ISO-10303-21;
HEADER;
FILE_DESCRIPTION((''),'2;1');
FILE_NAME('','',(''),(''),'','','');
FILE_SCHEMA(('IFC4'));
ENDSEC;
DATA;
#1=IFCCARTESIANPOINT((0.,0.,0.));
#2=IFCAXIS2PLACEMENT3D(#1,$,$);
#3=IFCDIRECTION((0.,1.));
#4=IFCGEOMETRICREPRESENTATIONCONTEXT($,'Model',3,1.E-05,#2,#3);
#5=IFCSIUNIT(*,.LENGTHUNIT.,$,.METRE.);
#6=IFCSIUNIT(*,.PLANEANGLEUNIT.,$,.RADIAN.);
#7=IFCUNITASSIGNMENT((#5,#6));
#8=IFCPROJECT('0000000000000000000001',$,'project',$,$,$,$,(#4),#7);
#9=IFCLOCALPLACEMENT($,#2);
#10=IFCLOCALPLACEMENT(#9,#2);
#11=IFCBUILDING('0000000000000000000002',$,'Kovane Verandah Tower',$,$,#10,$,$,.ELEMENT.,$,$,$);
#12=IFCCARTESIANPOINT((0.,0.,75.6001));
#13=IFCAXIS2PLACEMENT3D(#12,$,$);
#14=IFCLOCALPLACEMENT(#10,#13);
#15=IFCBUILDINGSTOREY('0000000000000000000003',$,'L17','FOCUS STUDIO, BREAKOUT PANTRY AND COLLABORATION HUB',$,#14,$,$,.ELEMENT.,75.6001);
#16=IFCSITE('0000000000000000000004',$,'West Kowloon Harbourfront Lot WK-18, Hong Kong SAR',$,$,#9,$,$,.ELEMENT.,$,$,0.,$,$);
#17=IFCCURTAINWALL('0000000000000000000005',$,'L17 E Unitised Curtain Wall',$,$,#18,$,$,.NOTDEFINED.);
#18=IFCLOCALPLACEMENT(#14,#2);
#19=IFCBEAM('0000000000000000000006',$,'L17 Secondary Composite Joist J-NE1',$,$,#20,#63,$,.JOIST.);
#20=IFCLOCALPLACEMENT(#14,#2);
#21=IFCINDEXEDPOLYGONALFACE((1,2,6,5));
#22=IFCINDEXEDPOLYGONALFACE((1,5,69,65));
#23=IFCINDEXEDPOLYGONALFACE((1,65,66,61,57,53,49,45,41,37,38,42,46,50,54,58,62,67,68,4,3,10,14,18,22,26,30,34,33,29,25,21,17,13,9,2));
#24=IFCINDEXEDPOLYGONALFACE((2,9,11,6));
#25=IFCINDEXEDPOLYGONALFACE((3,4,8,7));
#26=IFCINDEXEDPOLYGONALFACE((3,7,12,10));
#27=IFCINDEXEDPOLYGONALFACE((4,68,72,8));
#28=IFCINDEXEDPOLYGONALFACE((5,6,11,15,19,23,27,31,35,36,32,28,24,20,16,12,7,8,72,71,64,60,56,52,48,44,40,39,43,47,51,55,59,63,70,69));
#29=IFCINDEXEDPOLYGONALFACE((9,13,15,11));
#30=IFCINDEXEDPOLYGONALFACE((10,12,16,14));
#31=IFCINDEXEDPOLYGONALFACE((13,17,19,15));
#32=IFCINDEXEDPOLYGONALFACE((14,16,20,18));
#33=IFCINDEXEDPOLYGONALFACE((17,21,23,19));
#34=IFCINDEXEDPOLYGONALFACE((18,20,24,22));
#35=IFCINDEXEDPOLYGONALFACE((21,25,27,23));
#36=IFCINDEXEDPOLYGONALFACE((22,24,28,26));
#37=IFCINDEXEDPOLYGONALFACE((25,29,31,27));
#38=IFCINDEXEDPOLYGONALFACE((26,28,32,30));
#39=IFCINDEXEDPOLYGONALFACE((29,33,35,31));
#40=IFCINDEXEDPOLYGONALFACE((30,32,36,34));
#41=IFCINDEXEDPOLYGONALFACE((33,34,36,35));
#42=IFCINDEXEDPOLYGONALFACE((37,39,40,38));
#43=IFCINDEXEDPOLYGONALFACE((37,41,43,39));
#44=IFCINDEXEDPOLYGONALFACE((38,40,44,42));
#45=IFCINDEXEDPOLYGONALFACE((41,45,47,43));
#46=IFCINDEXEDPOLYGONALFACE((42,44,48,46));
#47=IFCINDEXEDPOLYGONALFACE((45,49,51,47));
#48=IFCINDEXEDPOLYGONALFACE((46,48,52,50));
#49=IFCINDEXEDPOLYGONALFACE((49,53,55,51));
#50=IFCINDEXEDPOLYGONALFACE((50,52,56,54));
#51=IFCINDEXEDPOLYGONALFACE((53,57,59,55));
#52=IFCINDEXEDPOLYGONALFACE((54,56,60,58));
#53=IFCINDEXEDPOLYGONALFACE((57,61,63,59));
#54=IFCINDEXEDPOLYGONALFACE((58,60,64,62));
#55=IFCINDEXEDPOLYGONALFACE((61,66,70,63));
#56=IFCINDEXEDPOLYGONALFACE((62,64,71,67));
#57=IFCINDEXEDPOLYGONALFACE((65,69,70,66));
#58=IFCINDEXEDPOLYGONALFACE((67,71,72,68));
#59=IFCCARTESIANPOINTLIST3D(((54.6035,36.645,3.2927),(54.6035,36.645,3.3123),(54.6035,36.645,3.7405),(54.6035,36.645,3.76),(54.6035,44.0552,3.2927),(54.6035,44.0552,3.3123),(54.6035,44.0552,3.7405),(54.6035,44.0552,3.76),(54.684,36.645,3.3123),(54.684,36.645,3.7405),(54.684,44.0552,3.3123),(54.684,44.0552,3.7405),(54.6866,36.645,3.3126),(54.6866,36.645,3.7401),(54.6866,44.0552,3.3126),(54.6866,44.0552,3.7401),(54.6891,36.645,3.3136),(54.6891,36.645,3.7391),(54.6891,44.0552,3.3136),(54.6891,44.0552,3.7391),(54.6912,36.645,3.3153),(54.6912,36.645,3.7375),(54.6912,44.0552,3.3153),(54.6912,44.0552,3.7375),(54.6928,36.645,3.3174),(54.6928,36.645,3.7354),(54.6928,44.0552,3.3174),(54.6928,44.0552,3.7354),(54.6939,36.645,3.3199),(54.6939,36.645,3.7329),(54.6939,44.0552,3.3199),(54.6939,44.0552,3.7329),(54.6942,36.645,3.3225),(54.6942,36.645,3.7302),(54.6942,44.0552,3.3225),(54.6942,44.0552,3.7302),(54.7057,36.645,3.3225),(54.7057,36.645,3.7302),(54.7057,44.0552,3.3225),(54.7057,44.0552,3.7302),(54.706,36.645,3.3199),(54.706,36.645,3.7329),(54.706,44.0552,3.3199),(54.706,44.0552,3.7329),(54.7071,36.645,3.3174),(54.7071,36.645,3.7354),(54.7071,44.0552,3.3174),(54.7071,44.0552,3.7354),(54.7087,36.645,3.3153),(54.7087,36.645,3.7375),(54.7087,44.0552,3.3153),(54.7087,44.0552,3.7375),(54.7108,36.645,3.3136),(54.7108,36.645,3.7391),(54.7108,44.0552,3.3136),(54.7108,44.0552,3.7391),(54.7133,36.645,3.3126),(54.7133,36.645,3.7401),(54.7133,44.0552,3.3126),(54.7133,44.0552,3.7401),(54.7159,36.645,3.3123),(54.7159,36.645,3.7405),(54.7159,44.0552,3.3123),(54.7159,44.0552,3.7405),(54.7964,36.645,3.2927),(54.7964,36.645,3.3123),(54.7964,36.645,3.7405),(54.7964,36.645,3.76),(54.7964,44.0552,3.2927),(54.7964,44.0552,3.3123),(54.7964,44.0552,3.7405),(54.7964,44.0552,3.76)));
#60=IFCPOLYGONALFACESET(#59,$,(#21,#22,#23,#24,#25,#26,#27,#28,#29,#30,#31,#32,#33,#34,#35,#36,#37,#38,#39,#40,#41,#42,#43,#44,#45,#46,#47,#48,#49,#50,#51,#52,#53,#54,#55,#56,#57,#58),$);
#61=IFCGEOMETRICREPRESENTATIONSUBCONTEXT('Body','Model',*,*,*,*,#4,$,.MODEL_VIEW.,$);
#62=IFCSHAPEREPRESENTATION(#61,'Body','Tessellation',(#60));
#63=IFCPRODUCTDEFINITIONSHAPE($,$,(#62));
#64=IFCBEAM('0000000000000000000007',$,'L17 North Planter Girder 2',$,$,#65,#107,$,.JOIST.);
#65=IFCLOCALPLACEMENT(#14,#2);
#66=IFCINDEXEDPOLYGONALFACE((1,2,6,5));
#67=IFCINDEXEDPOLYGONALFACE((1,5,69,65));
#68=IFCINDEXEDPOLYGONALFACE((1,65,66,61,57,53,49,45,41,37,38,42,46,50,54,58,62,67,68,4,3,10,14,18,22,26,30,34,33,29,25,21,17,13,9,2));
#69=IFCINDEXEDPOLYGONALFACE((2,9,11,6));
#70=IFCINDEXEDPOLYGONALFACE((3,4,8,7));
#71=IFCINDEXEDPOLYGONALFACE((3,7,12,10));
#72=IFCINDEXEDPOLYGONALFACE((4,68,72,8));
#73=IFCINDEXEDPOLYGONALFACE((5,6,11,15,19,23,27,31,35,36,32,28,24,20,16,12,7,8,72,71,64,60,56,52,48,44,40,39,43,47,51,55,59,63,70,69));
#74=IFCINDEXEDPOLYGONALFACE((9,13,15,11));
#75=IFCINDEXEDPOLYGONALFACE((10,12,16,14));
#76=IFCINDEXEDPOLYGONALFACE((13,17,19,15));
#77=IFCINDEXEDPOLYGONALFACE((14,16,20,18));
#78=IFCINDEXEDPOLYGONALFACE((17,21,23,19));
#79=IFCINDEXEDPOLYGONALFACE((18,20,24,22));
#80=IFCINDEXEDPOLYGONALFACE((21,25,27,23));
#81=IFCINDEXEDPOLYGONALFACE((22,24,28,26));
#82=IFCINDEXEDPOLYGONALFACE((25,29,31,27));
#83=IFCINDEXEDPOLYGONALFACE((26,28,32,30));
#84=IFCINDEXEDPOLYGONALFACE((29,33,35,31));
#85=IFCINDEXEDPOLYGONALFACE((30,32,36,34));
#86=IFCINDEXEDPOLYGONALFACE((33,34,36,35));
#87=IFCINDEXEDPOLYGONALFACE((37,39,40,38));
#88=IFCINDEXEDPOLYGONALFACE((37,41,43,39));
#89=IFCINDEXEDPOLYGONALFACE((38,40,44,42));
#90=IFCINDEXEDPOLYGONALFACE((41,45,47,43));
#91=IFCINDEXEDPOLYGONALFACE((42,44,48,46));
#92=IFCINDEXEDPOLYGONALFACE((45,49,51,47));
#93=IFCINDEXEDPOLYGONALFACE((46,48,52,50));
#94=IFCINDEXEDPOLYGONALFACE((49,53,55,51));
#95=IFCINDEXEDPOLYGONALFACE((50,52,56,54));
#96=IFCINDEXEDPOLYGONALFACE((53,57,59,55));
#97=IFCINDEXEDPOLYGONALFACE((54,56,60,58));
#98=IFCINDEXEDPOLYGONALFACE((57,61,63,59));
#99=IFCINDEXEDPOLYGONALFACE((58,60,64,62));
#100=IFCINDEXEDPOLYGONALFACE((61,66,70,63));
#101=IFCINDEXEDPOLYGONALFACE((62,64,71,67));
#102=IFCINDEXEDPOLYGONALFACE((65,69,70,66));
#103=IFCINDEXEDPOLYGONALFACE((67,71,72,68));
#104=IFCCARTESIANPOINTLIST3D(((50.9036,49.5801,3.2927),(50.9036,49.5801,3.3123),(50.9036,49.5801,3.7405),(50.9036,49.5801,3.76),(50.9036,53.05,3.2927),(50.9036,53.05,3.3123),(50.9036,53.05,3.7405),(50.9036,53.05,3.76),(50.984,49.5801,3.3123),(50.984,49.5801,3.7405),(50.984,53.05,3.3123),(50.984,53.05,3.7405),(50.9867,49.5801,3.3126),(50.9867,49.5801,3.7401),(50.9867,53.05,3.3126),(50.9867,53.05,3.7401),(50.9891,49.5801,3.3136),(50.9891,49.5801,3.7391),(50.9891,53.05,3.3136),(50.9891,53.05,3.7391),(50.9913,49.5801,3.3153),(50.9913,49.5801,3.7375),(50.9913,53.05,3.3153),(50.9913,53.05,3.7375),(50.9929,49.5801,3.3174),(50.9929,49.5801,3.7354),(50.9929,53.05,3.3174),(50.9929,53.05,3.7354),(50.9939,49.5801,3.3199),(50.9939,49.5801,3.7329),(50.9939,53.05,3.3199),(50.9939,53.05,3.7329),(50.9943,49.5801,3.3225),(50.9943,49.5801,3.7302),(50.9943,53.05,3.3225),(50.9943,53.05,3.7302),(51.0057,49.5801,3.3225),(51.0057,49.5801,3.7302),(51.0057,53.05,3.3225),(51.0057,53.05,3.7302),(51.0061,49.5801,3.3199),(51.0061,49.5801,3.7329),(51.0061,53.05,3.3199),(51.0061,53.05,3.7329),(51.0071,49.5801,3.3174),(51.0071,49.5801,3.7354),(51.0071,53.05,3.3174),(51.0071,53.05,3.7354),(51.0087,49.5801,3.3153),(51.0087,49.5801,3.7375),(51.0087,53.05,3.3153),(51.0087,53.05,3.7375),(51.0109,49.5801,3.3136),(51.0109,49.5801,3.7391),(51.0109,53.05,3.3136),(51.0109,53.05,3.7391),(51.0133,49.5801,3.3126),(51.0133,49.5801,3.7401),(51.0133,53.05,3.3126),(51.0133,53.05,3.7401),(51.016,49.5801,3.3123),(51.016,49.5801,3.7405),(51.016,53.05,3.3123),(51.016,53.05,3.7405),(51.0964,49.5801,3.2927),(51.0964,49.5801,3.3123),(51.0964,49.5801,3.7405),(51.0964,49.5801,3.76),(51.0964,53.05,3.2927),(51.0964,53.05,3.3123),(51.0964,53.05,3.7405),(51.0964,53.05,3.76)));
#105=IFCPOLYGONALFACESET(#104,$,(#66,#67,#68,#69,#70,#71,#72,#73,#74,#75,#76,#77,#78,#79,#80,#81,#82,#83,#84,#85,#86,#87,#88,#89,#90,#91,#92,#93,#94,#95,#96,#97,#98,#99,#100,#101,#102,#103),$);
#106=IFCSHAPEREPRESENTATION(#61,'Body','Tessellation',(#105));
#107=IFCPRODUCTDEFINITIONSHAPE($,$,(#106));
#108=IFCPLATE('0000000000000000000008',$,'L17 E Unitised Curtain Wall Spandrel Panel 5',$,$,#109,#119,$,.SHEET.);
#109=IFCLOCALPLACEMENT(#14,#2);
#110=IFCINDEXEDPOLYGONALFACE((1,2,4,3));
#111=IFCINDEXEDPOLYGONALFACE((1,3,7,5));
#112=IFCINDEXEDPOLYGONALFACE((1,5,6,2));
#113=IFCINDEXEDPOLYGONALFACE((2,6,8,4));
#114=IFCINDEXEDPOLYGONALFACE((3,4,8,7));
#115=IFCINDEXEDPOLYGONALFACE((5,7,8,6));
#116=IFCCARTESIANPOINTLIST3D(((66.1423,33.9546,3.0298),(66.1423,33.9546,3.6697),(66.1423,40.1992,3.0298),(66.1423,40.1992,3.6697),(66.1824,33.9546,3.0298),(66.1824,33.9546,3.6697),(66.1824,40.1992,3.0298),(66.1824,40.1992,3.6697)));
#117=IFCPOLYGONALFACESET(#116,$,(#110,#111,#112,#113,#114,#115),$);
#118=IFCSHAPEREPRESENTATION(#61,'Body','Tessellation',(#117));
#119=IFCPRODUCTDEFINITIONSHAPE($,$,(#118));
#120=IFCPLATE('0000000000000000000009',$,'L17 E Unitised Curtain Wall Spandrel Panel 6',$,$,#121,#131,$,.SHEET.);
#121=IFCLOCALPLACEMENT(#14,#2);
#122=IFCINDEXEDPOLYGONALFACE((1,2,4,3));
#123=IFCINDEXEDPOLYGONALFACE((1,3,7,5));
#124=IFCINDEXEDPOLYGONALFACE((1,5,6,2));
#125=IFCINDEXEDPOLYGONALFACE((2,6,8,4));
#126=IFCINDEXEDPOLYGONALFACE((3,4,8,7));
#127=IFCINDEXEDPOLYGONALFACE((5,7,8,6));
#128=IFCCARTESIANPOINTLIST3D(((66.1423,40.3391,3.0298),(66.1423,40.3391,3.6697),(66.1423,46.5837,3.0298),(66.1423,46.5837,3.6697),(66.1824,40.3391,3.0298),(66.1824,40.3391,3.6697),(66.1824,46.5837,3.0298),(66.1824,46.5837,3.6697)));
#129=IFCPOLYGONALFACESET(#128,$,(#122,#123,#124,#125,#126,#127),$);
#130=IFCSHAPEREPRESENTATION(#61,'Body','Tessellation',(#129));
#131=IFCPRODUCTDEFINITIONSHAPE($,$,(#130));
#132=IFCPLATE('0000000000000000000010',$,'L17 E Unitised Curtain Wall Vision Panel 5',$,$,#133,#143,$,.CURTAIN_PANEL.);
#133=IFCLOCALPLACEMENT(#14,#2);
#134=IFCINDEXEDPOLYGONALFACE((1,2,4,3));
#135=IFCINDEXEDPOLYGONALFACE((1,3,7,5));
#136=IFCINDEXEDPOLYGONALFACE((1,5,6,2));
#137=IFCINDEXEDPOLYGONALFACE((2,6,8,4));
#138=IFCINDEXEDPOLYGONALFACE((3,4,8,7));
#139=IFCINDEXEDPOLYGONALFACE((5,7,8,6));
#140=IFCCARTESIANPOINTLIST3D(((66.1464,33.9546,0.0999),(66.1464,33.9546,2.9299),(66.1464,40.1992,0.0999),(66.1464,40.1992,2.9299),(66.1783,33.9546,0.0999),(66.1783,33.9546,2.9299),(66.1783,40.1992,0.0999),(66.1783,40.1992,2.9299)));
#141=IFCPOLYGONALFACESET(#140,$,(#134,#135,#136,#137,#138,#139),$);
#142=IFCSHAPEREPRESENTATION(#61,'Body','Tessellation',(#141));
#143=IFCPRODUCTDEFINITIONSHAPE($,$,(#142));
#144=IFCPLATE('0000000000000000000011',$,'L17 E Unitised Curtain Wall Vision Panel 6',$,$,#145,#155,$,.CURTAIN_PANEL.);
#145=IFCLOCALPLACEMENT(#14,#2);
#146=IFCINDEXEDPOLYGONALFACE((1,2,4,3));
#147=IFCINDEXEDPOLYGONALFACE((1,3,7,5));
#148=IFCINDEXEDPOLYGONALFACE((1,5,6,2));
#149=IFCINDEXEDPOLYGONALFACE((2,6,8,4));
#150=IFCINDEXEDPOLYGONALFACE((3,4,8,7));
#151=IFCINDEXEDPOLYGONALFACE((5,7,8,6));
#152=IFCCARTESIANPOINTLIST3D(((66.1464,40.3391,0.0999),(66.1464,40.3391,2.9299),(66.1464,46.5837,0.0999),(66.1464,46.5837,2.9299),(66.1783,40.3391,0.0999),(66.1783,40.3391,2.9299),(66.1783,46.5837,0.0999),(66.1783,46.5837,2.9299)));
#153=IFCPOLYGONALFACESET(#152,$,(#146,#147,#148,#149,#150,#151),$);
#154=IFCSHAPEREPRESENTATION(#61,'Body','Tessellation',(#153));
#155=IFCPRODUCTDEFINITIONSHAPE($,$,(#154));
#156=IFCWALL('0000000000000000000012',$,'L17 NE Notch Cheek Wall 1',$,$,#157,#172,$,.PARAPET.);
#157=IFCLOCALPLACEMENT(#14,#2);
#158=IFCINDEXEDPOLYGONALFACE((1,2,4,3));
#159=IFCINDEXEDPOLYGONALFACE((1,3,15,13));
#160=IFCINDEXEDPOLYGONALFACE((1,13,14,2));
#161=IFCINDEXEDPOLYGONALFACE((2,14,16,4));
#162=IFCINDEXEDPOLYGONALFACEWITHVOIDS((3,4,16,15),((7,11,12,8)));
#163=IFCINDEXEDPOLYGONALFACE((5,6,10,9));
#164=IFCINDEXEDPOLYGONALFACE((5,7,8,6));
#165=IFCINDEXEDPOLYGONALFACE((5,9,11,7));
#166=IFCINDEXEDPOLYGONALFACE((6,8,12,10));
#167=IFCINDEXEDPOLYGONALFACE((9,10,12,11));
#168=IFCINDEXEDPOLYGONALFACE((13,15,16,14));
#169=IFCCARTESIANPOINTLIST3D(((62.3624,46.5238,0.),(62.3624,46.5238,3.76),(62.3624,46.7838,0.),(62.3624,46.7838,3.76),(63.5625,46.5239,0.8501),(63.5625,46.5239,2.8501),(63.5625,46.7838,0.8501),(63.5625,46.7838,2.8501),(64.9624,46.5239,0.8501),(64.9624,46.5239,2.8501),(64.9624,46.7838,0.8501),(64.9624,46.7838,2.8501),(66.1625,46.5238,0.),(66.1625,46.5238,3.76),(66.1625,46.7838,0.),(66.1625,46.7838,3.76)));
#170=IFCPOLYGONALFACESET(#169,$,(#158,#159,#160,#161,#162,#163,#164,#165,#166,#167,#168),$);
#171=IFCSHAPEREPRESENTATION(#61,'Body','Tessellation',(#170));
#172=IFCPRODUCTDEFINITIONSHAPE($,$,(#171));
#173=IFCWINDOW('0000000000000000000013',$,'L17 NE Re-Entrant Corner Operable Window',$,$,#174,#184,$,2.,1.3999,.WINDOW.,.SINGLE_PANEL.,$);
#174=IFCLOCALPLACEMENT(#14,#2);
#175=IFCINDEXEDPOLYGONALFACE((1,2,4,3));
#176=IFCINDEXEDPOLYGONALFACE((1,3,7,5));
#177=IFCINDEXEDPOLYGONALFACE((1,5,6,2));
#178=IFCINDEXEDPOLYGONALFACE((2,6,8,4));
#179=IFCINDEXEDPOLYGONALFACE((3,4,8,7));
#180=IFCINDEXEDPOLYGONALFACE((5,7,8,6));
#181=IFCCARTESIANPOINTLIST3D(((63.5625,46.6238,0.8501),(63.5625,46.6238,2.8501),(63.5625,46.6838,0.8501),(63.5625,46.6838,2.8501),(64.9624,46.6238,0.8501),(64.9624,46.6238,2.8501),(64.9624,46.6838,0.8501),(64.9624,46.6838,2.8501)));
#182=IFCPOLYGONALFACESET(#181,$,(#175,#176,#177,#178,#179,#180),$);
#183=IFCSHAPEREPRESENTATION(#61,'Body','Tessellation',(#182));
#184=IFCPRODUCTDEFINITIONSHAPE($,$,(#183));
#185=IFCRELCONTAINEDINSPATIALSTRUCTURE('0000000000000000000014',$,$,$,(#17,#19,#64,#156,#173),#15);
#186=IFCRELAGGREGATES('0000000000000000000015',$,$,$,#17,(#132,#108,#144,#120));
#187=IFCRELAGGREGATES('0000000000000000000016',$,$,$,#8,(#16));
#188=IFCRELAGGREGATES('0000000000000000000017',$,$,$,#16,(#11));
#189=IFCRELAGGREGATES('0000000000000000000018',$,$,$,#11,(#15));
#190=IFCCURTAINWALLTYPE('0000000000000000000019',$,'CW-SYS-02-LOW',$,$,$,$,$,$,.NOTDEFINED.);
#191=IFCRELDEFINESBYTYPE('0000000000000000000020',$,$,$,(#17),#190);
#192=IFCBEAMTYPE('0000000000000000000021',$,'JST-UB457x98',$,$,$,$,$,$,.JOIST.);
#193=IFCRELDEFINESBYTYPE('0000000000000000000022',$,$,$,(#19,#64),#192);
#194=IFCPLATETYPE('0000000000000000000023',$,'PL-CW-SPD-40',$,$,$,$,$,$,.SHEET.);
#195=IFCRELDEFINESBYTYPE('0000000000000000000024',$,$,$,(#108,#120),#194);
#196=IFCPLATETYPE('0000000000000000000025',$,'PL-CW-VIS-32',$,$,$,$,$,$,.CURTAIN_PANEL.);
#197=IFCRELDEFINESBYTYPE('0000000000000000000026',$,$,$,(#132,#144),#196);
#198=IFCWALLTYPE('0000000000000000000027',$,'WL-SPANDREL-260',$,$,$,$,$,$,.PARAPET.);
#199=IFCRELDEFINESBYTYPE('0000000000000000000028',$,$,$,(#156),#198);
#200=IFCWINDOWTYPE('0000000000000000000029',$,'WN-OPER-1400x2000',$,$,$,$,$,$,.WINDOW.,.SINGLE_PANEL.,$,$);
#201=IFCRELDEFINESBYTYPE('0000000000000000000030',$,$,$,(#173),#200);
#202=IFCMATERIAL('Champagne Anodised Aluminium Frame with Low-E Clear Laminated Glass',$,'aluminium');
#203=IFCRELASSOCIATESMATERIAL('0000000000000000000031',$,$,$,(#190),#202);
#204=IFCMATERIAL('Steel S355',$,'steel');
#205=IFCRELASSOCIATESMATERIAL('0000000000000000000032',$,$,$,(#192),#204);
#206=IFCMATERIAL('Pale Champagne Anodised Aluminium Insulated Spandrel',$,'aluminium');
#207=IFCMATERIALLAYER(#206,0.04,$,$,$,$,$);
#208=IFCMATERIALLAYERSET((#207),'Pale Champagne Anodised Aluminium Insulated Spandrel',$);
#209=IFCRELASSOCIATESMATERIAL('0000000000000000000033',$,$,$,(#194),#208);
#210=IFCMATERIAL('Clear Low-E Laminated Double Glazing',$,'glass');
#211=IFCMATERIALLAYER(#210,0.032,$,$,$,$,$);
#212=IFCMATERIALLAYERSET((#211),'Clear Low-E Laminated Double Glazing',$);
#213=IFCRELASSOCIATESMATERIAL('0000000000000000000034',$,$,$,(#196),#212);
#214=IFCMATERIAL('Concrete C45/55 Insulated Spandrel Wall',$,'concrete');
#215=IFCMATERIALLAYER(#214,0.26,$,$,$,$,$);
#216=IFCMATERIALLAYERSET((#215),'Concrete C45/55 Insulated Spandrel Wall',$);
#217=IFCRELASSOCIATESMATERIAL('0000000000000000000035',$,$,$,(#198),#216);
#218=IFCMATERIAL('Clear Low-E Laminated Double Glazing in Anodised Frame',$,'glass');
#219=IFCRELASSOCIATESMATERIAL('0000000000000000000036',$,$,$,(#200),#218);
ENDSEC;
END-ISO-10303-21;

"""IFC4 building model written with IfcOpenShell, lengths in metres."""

from ifc_helpers import new_model, si_unit, direction, frame, frame_2d, origin, origin_2d, place, context, subcontext, project, spatial, rectangle, i_section, extrude, material, layer, layer_set, material_profile, profile_set, type_object, element, fill, aggregate, save


model = new_model("IFC4")

# Units and contexts
model_context = context("Model", 3, precision=1e-05, world=origin(), true_north=direction((0.0, 1.0)))
body_context = subcontext(model_context, "Body", "Model", "MODEL_VIEW")
ifc_project = project(units=[si_unit("LENGTHUNIT", "METRE"), si_unit("PLANEANGLEUNIT", "RADIAN")], contexts=[model_context])

# Site, building, storey
site_placement = place(None, origin())
site = spatial("IfcSite", under=ifc_project, at=site_placement, Name="West Kowloon Harbourfront Lot WK-18, Hong Kong SAR", CompositionType="ELEMENT", RefElevation=0.0)
building_placement = place(site_placement, origin())
building = spatial("IfcBuilding", under=site, at=building_placement, Name="Kovane Verandah Tower", CompositionType="ELEMENT")
storey_placement = place(building_placement, frame((0.0, 0.0, 75.6001)))
storey = spatial("IfcBuildingStorey", under=building, at=storey_placement, Name="L17", Description="FOCUS STUDIO, BREAKOUT PANTRY AND COLLABORATION HUB", CompositionType="ELEMENT", Elevation=75.6001)

# Shared definitions
ifc_material_1 = material(Name="Steel S355", Category="steel")

# Curtain wall
ifc_material_2 = material(Name="Champagne Anodised Aluminium Frame with Low-E Clear Laminated Glass", Category="aluminium")
curtain_wall_type = type_object("IfcCurtainWallType", Name="CW-SYS-02-LOW", PredefinedType="NOTDEFINED", material=ifc_material_2)
curtain_wall_placement = place(storey_placement, origin())
curtain_wall = element("IfcCurtainWall", 1, at=curtain_wall_placement, inside=storey, type_object=curtain_wall_type, Name="L17 E Unitised Curtain Wall", PredefinedType="NOTDEFINED")

# Beams
ifc_material_profile_1 = material_profile(ifc_material_1, i_section(OverallWidth=0.1929, OverallDepth=0.4673, WebThickness=0.0115, FlangeThickness=0.0195, FilletRadius=0.0103, at=origin_2d()), Name="UB457x191x98")
ifc_profile_set_1 = profile_set([ifc_material_profile_1], Name="Steel S355")
beam_type_1 = type_object("IfcBeamType", Name="JST-UB457x98", PredefinedType="JOIST", material=ifc_profile_set_1)
beam_1_placement = place(storey_placement, frame((54.7, 36.645, 3.5264), z_axis=(0.0, 1.0, 0.0), x_axis=(-1.0, 0.0, 0.0)))
element("IfcBeam", 2, at=beam_1_placement, inside=storey, type_object=beam_type_1, Name="L17 Secondary Composite Joist J-NE1", PredefinedType="JOIST", context=body_context, shape_type="SweptSolid", body=[
    extrude(i_section(OverallWidth=0.1929, OverallDepth=0.4673, WebThickness=0.0115, FlangeThickness=0.0195, FilletRadius=0.0103, at=origin_2d()), origin(), (0.0, 0.0, 1.0), 7.4102),
])
beam_2_placement = place(storey_placement, frame((51.0, 49.5801, 3.5264), z_axis=(0.0, 1.0, 0.0), x_axis=(-1.0, 0.0, 0.0)))
element("IfcBeam", 3, at=beam_2_placement, inside=storey, type_object=beam_type_1, Name="L17 North Planter Girder 2", PredefinedType="JOIST", context=body_context, shape_type="SweptSolid", body=[
    extrude(i_section(OverallWidth=0.1929, OverallDepth=0.4673, WebThickness=0.0115, FlangeThickness=0.0195, FilletRadius=0.0103, at=origin_2d()), origin(), (0.0, 0.0, 1.0), 3.47),
])

# Plates
ifc_material_3 = material(Name="Pale Champagne Anodised Aluminium Insulated Spandrel", Category="aluminium")
ifc_layer_1 = layer(ifc_material_3, 0.04)
ifc_layer_set_1 = layer_set([ifc_layer_1], Name="Pale Champagne Anodised Aluminium Insulated Spandrel")
plate_type_1 = type_object("IfcPlateType", Name="PL-CW-SPD-40", PredefinedType="SHEET", material=ifc_layer_set_1)
plate_1_placement = place(storey_placement, frame((66.1624, 37.0769, 3.0298), z_axis=(0.0, 0.0, 1.0), x_axis=(0.0, 1.0, 0.0)))
plate_1 = element("IfcPlate", 4, at=plate_1_placement, type_object=plate_type_1, Name="L17 E Unitised Curtain Wall Spandrel Panel 5", PredefinedType="SHEET", context=body_context, shape_type="SweptSolid", body=[
    extrude(rectangle(XDim=6.2446, YDim=0.04, at=origin_2d()), origin(), (0.0, 0.0, 1.0), 0.6399),
])
plate_2_placement = place(storey_placement, frame((66.1624, 43.4614, 3.0298), z_axis=(0.0, 0.0, 1.0), x_axis=(0.0, 1.0, 0.0)))
plate_2 = element("IfcPlate", 5, at=plate_2_placement, type_object=plate_type_1, Name="L17 E Unitised Curtain Wall Spandrel Panel 6", PredefinedType="SHEET", context=body_context, shape_type="SweptSolid", body=[
    extrude(rectangle(XDim=6.2446, YDim=0.04, at=origin_2d()), origin(), (0.0, 0.0, 1.0), 0.6399),
])
ifc_material_4 = material(Name="Clear Low-E Laminated Double Glazing", Category="glass")
ifc_layer_2 = layer(ifc_material_4, 0.032)
ifc_layer_set_2 = layer_set([ifc_layer_2], Name="Clear Low-E Laminated Double Glazing")
plate_type_2 = type_object("IfcPlateType", Name="PL-CW-VIS-32", PredefinedType="CURTAIN_PANEL", material=ifc_layer_set_2)
plate_3_placement = place(storey_placement, frame((66.1624, 37.0769, 0.0999), z_axis=(0.0, 0.0, 1.0), x_axis=(0.0, 1.0, 0.0)))
plate_3 = element("IfcPlate", 6, at=plate_3_placement, type_object=plate_type_2, Name="L17 E Unitised Curtain Wall Vision Panel 5", PredefinedType="CURTAIN_PANEL", context=body_context, shape_type="SweptSolid", body=[
    extrude(rectangle(XDim=6.2446, YDim=0.032, at=origin_2d()), origin(), (0.0, 0.0, 1.0), 2.8301),
])
plate_4_placement = place(storey_placement, frame((66.1624, 43.4614, 0.0999), z_axis=(0.0, 0.0, 1.0), x_axis=(0.0, 1.0, 0.0)))
plate_4 = element("IfcPlate", 7, at=plate_4_placement, type_object=plate_type_2, Name="L17 E Unitised Curtain Wall Vision Panel 6", PredefinedType="CURTAIN_PANEL", context=body_context, shape_type="SweptSolid", body=[
    extrude(rectangle(XDim=6.2446, YDim=0.032, at=origin_2d()), origin(), (0.0, 0.0, 1.0), 2.8301),
])
aggregate(curtain_wall, [plate_3, plate_1, plate_4, plate_2])

# Shared definitions
ifc_material_5 = material(Name="Concrete C45/55 Insulated Spandrel Wall", Category="concrete")
ifc_layer_3 = layer(ifc_material_5, 0.26)
ifc_layer_set_3 = layer_set([ifc_layer_3], Name="Concrete C45/55 Insulated Spandrel Wall")
wall_type = type_object("IfcWallType", Name="WL-SPANDREL-260", PredefinedType="PARAPET", material=ifc_layer_set_3)
ifc_material_6 = material(Name="Clear Low-E Laminated Double Glazing in Anodised Frame", Category="glass")

# Wall, opening, window
wall_1_placement = place(storey_placement, frame((66.1624, 46.6538, 0.0), z_axis=(0.0, 0.0, 1.0), x_axis=(-1.0, 0.0, 0.0)))
wall_1 = element("IfcWall", 8, at=wall_1_placement, inside=storey, type_object=wall_type, Name="L17 NE Notch Cheek Wall 1", PredefinedType="PARAPET", context=body_context, shape_type="SweptSolid", body=[
    extrude(rectangle(XDim=3.8, YDim=0.26, at=frame_2d((1.8999, 0.0))), origin(), (0.0, 0.0, 1.0), 3.76),
])
opening_1_placement = place(wall_1_placement, frame((1.2, 0.0, 0.8501)))
opening_1 = element("IfcOpeningElement", 9, at=opening_1_placement, cuts=wall_1, PredefinedType="OPENING", context=body_context, shape_type="SweptSolid", body=[
    extrude(rectangle(XDim=1.3999, YDim=2.0, at=frame_2d((0.7, 1.0))), frame((0.0, 0.1299, 0.0), z_axis=(0.0, -1.0, 0.0), x_axis=(1.0, 0.0, 0.0)), (0.0, 0.0, 1.0), 0.26),
])
window_type_1 = type_object("IfcWindowType", Name="WN-OPER-1400x2000", PartitioningType="SINGLE_PANEL", PredefinedType="WINDOW", material=ifc_material_6)
window_1_placement = place(opening_1_placement, origin())
window_1 = element("IfcWindow", 10, at=window_1_placement, inside=storey, type_object=window_type_1, Name="L17 NE Re-Entrant Corner Operable Window", OverallHeight=2.0, OverallWidth=1.3999, PartitioningType="SINGLE_PANEL", PredefinedType="WINDOW", context=body_context, shape_type="SweptSolid", body=[
    extrude(rectangle(XDim=1.3999, YDim=2.0, at=frame_2d((0.7, 1.0))), frame((0.0, 0.03, 0.0), z_axis=(0.0, -1.0, 0.0), x_axis=(1.0, 0.0, 0.0)), (0.0, 0.0, 1.0), 0.0601),
])
fill(opening_1, window_1)

save(model, "model.ifc")
